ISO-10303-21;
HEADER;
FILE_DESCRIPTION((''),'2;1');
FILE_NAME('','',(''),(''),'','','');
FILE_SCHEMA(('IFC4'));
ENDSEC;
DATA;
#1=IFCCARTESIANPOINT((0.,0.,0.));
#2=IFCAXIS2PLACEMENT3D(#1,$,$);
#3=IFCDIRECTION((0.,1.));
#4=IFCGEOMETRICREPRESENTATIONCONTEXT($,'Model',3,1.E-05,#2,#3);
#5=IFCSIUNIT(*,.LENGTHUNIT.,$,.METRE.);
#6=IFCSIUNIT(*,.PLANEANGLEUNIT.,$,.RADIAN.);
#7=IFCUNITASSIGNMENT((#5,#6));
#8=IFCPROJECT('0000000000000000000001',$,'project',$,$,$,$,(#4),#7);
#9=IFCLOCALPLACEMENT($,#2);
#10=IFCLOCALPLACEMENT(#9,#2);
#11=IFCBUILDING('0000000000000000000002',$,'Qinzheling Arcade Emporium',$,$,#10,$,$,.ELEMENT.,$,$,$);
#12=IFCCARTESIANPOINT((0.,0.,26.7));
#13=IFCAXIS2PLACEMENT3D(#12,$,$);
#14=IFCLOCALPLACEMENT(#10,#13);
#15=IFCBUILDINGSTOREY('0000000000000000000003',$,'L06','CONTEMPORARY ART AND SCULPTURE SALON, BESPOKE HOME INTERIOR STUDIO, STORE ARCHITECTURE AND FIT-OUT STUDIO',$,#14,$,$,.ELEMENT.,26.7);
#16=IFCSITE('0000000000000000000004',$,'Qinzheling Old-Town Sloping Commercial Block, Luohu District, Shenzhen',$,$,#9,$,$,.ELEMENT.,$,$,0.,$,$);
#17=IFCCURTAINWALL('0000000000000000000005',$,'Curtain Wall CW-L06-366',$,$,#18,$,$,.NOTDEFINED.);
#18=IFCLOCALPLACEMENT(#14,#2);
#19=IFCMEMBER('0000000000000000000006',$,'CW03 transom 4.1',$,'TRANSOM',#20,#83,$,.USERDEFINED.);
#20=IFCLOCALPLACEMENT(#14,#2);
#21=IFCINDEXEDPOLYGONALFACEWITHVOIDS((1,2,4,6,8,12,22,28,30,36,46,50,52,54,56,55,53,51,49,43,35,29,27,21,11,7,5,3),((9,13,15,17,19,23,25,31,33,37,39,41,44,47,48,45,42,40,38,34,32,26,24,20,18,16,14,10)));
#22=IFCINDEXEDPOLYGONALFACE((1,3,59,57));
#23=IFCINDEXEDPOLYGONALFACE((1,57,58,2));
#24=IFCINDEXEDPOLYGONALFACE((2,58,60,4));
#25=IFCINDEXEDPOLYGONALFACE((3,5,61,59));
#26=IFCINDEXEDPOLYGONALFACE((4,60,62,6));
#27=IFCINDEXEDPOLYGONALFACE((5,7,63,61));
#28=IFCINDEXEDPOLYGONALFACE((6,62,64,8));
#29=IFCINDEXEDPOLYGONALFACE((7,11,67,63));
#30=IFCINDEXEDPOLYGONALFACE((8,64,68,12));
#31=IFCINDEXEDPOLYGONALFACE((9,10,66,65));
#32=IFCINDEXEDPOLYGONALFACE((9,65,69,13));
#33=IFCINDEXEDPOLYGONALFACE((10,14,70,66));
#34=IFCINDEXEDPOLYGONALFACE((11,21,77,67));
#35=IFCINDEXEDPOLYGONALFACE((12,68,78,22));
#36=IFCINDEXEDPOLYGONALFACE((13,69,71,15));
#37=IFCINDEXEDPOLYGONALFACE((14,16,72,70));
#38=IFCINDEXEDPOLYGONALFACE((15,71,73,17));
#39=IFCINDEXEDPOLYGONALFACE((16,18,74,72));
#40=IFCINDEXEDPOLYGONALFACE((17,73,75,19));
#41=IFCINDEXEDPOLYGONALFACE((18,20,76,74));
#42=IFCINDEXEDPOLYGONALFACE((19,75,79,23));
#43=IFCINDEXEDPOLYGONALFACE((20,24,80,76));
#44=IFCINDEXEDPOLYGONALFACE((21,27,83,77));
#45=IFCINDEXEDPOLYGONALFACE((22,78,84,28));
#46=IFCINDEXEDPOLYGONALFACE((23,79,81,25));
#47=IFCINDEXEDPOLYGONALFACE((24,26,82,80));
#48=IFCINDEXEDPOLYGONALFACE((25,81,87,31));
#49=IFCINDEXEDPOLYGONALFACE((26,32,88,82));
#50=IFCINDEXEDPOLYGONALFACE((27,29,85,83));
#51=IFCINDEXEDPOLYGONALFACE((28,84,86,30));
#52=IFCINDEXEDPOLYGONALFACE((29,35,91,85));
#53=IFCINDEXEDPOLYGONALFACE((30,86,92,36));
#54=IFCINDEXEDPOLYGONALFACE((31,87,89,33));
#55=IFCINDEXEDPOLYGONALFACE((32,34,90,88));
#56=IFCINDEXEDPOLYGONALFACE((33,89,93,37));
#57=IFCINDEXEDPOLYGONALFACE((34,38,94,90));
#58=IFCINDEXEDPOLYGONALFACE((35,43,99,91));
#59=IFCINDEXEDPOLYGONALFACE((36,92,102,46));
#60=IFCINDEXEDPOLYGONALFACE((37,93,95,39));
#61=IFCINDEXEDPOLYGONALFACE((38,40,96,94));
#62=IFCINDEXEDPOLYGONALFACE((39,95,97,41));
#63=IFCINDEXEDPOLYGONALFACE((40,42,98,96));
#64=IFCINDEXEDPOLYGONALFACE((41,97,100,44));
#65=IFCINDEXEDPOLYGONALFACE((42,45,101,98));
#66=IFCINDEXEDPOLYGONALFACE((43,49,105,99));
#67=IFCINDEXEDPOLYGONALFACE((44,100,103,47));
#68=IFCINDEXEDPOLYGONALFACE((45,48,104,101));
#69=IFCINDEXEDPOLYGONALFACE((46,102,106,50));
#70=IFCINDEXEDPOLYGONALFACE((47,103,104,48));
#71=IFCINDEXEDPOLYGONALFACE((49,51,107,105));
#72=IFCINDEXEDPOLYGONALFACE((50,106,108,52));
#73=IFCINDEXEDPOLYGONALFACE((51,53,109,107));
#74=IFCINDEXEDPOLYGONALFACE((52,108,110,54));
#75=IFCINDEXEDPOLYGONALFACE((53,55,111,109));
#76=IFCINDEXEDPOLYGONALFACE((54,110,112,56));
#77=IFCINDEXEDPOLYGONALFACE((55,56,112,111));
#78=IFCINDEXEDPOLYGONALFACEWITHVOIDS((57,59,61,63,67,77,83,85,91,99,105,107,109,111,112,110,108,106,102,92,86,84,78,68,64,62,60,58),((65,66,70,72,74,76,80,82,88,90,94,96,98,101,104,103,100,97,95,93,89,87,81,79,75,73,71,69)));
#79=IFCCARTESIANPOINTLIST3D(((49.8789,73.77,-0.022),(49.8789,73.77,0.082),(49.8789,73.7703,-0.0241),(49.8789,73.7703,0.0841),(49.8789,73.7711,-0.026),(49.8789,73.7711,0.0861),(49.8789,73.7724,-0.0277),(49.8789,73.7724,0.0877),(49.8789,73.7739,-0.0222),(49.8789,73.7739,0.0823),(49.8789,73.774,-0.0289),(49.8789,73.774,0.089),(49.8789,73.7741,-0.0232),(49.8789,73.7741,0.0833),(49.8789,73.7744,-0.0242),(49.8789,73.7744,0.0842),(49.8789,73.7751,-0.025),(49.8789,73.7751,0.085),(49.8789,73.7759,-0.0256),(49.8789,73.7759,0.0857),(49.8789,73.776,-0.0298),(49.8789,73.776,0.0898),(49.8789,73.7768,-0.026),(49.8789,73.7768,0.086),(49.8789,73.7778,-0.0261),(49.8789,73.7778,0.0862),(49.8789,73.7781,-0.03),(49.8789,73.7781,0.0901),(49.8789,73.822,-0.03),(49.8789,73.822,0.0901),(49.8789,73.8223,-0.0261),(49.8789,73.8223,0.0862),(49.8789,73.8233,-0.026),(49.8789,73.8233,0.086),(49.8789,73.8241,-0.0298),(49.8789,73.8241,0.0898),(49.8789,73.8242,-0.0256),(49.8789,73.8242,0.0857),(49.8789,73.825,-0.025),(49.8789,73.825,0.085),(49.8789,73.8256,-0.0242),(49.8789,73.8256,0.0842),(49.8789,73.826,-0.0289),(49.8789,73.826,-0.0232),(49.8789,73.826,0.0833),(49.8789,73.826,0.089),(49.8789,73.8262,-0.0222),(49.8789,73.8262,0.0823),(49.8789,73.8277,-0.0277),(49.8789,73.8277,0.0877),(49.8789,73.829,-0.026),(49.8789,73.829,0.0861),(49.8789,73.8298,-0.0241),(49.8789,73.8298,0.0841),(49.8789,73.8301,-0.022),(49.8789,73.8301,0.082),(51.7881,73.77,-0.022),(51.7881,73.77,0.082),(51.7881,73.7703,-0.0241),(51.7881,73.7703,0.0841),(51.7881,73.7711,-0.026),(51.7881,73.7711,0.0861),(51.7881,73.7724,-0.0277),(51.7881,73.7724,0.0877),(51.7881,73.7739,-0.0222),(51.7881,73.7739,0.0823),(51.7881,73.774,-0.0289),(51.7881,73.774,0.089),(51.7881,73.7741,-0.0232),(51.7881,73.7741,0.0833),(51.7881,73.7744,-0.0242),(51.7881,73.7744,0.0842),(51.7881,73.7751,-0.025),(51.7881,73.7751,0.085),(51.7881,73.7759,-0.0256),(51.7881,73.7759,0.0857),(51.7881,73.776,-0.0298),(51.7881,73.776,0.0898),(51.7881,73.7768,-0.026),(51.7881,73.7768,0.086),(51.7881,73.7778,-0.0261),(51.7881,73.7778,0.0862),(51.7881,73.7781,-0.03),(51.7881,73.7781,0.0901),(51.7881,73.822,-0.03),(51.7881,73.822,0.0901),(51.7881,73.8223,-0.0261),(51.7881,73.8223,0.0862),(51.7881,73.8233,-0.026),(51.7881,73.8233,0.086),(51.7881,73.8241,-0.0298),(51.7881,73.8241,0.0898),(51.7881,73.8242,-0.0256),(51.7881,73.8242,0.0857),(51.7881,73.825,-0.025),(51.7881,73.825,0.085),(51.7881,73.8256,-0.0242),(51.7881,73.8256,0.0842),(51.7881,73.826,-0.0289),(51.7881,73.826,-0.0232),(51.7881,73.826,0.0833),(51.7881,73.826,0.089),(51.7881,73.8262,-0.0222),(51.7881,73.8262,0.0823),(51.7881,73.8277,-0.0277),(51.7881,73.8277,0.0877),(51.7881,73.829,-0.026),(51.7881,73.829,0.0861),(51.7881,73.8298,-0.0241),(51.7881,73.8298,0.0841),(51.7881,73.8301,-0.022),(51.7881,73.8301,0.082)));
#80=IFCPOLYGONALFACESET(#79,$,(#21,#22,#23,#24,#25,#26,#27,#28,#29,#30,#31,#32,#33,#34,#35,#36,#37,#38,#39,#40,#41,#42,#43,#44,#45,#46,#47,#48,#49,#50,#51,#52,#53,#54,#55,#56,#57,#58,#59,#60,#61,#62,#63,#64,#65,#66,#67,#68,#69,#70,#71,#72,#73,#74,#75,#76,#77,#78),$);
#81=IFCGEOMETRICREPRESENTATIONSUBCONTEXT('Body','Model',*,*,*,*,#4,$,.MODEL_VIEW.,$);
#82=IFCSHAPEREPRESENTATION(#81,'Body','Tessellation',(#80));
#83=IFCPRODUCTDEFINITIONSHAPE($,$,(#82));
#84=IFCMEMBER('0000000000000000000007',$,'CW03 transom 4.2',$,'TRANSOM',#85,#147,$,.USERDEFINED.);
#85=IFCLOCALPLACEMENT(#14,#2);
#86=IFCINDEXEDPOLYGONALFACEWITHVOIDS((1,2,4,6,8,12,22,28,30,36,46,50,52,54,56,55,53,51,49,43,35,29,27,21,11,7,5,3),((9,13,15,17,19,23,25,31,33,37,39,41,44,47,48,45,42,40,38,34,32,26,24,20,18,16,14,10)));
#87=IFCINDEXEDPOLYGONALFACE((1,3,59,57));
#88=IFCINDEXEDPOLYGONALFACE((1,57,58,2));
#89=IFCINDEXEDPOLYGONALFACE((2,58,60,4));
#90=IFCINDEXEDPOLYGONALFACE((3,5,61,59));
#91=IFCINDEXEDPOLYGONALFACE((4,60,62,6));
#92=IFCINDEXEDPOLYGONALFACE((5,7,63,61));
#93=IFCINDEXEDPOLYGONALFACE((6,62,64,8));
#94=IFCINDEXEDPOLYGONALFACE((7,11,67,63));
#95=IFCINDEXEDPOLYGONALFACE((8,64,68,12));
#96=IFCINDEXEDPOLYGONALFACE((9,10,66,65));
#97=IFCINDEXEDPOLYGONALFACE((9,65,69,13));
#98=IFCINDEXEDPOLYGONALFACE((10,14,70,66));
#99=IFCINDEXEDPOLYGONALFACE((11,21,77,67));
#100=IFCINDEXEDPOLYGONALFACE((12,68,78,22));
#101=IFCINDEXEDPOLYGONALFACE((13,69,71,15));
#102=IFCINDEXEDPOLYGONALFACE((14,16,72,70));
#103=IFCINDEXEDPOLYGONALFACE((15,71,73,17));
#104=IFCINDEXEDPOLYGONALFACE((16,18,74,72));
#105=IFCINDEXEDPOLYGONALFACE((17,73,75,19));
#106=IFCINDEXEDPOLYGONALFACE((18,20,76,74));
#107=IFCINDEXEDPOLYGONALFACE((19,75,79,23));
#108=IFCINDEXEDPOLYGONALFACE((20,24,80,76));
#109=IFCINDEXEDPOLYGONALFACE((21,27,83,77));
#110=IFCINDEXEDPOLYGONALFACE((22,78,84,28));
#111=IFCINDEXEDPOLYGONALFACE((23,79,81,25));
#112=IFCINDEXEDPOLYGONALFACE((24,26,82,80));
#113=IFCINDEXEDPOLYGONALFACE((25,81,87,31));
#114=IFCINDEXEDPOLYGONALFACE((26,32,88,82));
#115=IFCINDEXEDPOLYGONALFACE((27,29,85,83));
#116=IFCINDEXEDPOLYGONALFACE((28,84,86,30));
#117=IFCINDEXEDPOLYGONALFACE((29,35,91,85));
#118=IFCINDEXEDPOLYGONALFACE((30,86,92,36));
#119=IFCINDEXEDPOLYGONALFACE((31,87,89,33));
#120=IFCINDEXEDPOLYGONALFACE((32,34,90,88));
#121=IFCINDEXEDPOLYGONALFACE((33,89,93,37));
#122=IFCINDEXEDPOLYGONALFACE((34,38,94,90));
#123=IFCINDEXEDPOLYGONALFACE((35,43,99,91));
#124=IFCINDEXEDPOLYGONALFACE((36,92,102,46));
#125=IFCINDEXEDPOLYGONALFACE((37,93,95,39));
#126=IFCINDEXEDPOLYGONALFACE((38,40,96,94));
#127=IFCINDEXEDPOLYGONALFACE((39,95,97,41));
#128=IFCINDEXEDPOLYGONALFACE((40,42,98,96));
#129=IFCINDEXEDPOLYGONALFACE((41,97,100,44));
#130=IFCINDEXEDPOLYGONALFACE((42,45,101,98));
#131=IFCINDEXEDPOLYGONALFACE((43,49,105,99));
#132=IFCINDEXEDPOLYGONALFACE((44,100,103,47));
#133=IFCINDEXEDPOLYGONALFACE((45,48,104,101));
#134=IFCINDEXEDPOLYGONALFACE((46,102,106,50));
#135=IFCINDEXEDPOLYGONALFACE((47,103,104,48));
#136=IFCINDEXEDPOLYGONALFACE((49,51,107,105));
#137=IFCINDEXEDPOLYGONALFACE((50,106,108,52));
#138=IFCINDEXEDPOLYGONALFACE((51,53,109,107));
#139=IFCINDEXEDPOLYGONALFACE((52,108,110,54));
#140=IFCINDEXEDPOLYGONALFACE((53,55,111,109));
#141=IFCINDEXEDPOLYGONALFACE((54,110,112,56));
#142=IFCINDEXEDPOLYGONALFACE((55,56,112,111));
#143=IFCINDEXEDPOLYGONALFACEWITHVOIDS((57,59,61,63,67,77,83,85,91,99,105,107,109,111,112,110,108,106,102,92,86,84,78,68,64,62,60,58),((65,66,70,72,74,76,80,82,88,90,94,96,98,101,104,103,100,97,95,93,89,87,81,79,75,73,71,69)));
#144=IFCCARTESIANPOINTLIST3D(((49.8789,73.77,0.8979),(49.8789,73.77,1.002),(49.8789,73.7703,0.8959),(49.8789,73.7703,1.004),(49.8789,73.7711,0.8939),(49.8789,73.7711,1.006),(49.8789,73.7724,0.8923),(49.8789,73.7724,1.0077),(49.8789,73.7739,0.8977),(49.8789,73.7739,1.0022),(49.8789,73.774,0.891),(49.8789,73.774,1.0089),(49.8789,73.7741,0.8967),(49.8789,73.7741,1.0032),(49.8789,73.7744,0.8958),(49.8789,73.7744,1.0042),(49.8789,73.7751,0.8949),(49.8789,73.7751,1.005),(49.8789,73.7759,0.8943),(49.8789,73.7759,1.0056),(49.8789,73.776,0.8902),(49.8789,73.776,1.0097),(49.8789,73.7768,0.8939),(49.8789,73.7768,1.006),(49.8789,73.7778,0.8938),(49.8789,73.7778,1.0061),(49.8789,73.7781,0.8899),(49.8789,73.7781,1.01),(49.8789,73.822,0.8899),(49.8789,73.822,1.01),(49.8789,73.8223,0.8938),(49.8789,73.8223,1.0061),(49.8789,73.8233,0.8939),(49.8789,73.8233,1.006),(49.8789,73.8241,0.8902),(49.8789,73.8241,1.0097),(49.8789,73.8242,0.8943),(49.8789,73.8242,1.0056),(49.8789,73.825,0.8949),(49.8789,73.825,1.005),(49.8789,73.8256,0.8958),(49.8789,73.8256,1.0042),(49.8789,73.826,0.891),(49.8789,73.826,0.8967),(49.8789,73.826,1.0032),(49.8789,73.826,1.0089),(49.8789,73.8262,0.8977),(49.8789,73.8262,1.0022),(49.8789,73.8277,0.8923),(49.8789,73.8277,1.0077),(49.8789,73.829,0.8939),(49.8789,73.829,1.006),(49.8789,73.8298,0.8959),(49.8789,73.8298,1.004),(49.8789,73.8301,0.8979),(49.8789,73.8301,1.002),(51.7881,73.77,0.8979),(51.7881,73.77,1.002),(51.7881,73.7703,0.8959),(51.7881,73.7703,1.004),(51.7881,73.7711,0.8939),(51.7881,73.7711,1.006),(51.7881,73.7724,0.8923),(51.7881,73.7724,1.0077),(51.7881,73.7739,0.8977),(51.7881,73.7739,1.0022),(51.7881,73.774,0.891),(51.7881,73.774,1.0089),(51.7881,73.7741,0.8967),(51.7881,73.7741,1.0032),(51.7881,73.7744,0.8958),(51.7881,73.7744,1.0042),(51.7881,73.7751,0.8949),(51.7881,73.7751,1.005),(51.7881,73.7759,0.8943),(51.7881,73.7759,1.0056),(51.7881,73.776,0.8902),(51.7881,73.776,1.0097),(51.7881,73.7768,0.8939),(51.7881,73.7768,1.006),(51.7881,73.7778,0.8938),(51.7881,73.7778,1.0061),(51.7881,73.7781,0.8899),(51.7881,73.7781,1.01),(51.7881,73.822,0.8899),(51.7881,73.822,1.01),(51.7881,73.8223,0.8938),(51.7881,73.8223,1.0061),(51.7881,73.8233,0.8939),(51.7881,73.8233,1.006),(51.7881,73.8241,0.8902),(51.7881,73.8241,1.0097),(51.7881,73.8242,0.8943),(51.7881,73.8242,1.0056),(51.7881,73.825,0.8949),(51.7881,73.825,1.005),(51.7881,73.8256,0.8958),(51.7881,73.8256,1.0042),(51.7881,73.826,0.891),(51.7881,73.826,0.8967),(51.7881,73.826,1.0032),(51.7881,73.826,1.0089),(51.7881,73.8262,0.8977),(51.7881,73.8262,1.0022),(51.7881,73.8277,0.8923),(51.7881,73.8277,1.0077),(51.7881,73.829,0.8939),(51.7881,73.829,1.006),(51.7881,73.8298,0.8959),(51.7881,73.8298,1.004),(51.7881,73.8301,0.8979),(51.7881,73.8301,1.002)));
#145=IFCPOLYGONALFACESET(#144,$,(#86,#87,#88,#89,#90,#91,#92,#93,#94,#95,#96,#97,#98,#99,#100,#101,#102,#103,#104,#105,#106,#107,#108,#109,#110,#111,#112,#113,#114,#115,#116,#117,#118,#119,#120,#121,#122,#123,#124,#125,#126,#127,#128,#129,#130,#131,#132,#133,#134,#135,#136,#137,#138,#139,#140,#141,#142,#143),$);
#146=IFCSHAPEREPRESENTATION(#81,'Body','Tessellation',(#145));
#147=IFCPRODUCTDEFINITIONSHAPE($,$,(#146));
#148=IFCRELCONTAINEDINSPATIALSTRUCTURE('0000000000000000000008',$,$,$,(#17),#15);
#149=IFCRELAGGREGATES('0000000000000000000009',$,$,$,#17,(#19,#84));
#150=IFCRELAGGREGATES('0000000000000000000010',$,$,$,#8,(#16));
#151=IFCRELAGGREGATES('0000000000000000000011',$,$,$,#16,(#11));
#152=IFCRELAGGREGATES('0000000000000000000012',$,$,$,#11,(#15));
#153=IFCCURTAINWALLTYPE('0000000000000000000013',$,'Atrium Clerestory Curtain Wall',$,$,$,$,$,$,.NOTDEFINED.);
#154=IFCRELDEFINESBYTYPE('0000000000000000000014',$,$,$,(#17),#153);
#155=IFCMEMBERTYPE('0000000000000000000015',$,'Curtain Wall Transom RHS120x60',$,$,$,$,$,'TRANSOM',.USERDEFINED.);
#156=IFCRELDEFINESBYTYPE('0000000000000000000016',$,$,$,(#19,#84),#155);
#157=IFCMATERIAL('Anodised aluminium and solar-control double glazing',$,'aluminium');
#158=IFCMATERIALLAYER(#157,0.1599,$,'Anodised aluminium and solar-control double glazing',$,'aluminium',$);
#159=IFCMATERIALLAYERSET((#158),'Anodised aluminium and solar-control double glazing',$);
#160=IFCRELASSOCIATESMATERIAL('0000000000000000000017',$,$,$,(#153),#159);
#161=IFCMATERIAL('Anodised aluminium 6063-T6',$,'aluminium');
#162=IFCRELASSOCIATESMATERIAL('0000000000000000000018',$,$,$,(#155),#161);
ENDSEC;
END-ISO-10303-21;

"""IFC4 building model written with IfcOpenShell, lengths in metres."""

from ifc_helpers import new_model, si_unit, direction, frame, origin, origin_2d, place, context, subcontext, project, spatial, hollow_rectangle, extrude, material, layer, layer_set, material_profile, profile_set, type_object, element, aggregate, save


model = new_model("IFC4")

# Units and contexts
model_context = context("Model", 3, precision=1e-05, world=origin(), true_north=direction((0.0, 1.0)))
body_context = subcontext(model_context, "Body", "Model", "MODEL_VIEW")
ifc_project = project(units=[si_unit("LENGTHUNIT", "METRE"), si_unit("PLANEANGLEUNIT", "RADIAN")], contexts=[model_context])

# Site, building, storey
site_placement = place(None, origin())
site = spatial("IfcSite", under=ifc_project, at=site_placement, Name="Qinzheling Old-Town Sloping Commercial Block, Luohu District, Shenzhen", CompositionType="ELEMENT", RefElevation=0.0)
building_placement = place(site_placement, origin())
building = spatial("IfcBuilding", under=site, at=building_placement, Name="Qinzheling Arcade Emporium", CompositionType="ELEMENT")
storey_placement = place(building_placement, frame((0.0, 0.0, 26.7)))
storey = spatial("IfcBuildingStorey", under=building, at=storey_placement, Name="L06", Description="CONTEMPORARY ART AND SCULPTURE SALON, BESPOKE HOME INTERIOR STUDIO, STORE ARCHITECTURE AND FIT-OUT STUDIO", CompositionType="ELEMENT", Elevation=26.7)

# Curtain wall
ifc_material_1 = material(Name="Anodised aluminium and solar-control double glazing", Category="aluminium")
ifc_layer_1 = layer(ifc_material_1, 0.1599, Name="Anodised aluminium and solar-control double glazing", Category="aluminium")
ifc_layer_set_1 = layer_set([ifc_layer_1], Name="Anodised aluminium and solar-control double glazing")
curtain_wall_type = type_object("IfcCurtainWallType", Name="Atrium Clerestory Curtain Wall", PredefinedType="NOTDEFINED", material=ifc_layer_set_1)
curtain_wall_1_placement = place(storey_placement, origin())
curtain_wall_1 = element("IfcCurtainWall", 1, at=curtain_wall_1_placement, inside=storey, type_object=curtain_wall_type, Name="Curtain Wall CW-L06-366", PredefinedType="NOTDEFINED")
ifc_material_2 = material(Name="Anodised aluminium 6063-T6", Category="aluminium")

# Members
ifc_material_profile_1 = material_profile(ifc_material_2, hollow_rectangle(XDim=0.0601, YDim=0.1201, WallThickness=0.0039, InnerFilletRadius=0.0039, OuterFilletRadius=0.0081, at=origin_2d()), Name="RHS 120x60x4", Category="aluminium")
ifc_profile_set_1 = profile_set([ifc_material_profile_1], Name="Anodised aluminium 6063-T6")
member_type_1 = type_object("IfcMemberType", Name="Curtain Wall Transom RHS120x60", ElementType="TRANSOM", PredefinedType="USERDEFINED", material=ifc_profile_set_1)
member_1_placement = place(storey_placement, frame((49.8789, 73.8, 0.03), z_axis=(1.0, 0.0, 0.0), x_axis=(0.0, 1.0, 0.0)))
member_1 = element("IfcMember", 2, at=member_1_placement, type_object=member_type_1, Name="CW03 transom 4.1", ObjectType="TRANSOM", PredefinedType="USERDEFINED", context=body_context, shape_type="SweptSolid", body=[
    extrude(hollow_rectangle(XDim=0.0601, YDim=0.1201, WallThickness=0.0039, InnerFilletRadius=0.0039, OuterFilletRadius=0.0081, at=origin_2d()), origin(), (0.0, 0.0, 1.0), 1.9092),
])
member_2_placement = place(storey_placement, frame((49.8789, 73.8, 0.95), z_axis=(1.0, 0.0, 0.0), x_axis=(0.0, 1.0, 0.0)))
member_2 = element("IfcMember", 3, at=member_2_placement, type_object=member_type_1, Name="CW03 transom 4.2", ObjectType="TRANSOM", PredefinedType="USERDEFINED", context=body_context, shape_type="SweptSolid", body=[
    extrude(hollow_rectangle(XDim=0.0601, YDim=0.1201, WallThickness=0.0039, InnerFilletRadius=0.0039, OuterFilletRadius=0.0081, at=origin_2d()), origin(), (0.0, 0.0, 1.0), 1.9092),
])

aggregate(curtain_wall_1, [member_1, member_2])

save(model, "model.ifc")
